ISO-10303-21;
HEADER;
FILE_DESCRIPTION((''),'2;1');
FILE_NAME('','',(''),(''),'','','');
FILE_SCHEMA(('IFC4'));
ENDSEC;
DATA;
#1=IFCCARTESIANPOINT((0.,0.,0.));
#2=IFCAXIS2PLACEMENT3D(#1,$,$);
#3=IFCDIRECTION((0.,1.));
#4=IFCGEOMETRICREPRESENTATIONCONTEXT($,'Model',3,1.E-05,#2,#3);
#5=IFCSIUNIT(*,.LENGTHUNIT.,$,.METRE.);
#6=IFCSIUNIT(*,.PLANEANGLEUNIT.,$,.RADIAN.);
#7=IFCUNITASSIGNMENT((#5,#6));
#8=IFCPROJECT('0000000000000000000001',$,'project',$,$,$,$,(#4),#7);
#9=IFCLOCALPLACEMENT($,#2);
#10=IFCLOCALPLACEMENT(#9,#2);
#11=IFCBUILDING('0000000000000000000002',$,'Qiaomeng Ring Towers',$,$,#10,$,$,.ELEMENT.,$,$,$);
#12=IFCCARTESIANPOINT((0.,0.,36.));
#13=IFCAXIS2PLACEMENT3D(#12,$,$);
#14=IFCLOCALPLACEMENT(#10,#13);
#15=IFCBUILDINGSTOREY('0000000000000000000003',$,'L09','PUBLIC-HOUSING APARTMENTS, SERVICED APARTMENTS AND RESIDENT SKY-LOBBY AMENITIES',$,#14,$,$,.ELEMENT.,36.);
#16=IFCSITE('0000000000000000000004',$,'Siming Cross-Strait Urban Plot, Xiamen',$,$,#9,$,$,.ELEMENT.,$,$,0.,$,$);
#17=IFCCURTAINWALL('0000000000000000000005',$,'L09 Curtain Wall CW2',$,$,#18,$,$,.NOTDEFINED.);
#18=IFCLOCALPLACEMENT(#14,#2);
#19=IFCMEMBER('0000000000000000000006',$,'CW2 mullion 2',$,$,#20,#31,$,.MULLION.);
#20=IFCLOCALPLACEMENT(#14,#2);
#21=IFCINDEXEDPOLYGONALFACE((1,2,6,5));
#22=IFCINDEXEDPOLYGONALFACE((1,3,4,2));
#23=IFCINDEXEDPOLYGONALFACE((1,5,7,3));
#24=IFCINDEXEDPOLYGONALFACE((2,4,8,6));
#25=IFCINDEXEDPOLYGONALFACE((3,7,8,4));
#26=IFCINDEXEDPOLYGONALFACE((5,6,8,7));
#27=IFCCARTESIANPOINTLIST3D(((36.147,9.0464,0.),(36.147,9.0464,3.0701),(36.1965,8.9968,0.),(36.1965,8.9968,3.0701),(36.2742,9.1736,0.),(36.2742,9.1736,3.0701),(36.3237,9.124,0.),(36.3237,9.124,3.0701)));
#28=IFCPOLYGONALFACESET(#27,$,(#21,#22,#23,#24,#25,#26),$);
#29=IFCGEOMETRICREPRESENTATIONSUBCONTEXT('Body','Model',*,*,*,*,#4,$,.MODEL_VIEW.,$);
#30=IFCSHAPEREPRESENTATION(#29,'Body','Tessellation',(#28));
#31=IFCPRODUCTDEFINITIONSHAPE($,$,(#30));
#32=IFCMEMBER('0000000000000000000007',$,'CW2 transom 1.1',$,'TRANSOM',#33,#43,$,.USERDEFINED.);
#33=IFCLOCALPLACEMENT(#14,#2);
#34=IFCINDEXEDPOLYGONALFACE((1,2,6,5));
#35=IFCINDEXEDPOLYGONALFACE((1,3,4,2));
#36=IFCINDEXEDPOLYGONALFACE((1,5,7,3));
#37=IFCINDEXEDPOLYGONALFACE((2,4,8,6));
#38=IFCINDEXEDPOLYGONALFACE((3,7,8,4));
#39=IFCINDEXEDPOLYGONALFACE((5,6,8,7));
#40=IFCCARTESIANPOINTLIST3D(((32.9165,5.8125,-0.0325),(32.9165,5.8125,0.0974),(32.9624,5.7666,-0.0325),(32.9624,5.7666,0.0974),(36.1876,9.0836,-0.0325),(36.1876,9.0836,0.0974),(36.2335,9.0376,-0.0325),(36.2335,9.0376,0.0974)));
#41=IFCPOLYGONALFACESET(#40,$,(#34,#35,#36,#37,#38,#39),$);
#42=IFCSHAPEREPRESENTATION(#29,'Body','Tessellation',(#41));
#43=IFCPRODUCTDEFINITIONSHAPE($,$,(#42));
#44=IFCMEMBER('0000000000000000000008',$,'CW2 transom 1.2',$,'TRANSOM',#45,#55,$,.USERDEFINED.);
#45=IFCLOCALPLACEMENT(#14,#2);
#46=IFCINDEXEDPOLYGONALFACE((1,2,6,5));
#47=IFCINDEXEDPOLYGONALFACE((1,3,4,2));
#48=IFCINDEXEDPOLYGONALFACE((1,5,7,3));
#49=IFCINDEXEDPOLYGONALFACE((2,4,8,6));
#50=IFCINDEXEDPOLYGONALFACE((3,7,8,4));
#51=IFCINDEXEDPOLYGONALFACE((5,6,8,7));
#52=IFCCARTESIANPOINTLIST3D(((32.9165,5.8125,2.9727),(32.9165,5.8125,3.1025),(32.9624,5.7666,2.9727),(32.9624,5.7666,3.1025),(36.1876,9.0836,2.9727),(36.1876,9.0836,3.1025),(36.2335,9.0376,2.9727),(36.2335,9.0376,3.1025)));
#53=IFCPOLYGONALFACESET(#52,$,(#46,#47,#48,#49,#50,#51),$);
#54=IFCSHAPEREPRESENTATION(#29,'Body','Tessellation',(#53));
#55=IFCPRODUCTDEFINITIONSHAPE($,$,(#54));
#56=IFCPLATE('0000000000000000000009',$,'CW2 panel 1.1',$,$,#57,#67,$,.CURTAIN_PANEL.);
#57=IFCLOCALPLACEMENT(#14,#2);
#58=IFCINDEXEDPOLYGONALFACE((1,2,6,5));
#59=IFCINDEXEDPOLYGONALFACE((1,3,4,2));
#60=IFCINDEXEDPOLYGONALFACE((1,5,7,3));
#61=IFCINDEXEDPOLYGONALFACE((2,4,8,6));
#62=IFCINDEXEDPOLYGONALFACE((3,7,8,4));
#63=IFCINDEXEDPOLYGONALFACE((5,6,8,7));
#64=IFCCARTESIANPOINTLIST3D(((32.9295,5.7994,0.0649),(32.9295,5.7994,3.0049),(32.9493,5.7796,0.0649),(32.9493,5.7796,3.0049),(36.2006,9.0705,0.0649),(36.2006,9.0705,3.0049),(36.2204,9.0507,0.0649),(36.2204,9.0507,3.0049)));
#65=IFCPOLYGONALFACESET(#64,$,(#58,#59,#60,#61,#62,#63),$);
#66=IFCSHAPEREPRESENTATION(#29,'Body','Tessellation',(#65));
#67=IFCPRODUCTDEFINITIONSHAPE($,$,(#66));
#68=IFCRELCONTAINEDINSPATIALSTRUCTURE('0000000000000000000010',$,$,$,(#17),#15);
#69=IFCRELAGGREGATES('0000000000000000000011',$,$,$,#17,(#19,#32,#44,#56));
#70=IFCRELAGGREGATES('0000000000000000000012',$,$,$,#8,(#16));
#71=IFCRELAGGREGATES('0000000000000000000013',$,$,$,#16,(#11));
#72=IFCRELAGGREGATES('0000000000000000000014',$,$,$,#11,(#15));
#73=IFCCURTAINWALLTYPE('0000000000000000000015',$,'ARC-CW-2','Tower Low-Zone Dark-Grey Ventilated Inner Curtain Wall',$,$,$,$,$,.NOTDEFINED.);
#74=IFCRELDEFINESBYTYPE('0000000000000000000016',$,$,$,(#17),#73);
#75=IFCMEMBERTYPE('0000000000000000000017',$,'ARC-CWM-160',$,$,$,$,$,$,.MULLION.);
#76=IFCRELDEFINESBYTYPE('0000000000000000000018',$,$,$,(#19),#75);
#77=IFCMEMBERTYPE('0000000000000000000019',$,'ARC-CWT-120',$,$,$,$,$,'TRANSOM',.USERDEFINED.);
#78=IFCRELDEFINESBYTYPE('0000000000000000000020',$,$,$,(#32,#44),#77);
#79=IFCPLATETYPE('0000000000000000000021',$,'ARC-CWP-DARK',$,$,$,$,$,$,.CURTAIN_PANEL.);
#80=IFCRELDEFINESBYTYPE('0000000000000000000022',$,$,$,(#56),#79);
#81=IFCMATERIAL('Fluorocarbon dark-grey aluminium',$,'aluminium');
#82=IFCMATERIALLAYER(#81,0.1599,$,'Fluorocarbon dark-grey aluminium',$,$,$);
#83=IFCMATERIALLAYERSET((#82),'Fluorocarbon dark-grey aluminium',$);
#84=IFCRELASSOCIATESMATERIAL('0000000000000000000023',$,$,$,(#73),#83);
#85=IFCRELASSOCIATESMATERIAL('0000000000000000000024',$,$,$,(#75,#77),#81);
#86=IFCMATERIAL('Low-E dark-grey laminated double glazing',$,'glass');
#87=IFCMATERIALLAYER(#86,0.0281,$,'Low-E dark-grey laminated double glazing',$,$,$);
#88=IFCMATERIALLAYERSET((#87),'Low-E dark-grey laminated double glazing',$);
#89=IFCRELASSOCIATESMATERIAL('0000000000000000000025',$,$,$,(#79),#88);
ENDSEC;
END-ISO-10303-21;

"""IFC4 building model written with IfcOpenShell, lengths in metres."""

from ifc_helpers import new_model, si_unit, direction, frame, origin, origin_2d, place, context, subcontext, project, spatial, rectangle, extrude, source, transform, mapped, material, layer, layer_set, material_profile, profile_set, type_object, element, aggregate, save


model = new_model("IFC4")

# Units and contexts
model_context = context("Model", 3, precision=1e-05, world=origin(), true_north=direction((0.0, 1.0)))
body_context = subcontext(model_context, "Body", "Model", "MODEL_VIEW")
ifc_project = project(units=[si_unit("LENGTHUNIT", "METRE"), si_unit("PLANEANGLEUNIT", "RADIAN")], contexts=[model_context])

# Site, building, storey
site_placement = place(None, origin())
site = spatial("IfcSite", under=ifc_project, at=site_placement, Name="Siming Cross-Strait Urban Plot, Xiamen", CompositionType="ELEMENT", RefElevation=0.0)
building_placement = place(site_placement, origin())
building = spatial("IfcBuilding", under=site, at=building_placement, Name="Qiaomeng Ring Towers", CompositionType="ELEMENT")
storey_placement = place(building_placement, frame((0.0, 0.0, 36.0)))
storey = spatial("IfcBuildingStorey", under=building, at=storey_placement, Name="L09", Description="PUBLIC-HOUSING APARTMENTS, SERVICED APARTMENTS AND RESIDENT SKY-LOBBY AMENITIES", CompositionType="ELEMENT", Elevation=36.0)

# Curtain wall, members, plate
ifc_material_1 = material(Name="Fluorocarbon dark-grey aluminium", Category="aluminium")
ifc_layer_1 = layer(ifc_material_1, 0.1599, Name="Fluorocarbon dark-grey aluminium")
ifc_layer_set_1 = layer_set([ifc_layer_1], Name="Fluorocarbon dark-grey aluminium")
curtain_wall_type = type_object("IfcCurtainWallType", Name="ARC-CW-2", Description="Tower Low-Zone Dark-Grey Ventilated Inner Curtain Wall", PredefinedType="NOTDEFINED", material=ifc_layer_set_1)
curtain_wall_placement = place(storey_placement, origin())
curtain_wall = element("IfcCurtainWall", 1, at=curtain_wall_placement, inside=storey, type_object=curtain_wall_type, Name="L09 Curtain Wall CW2", PredefinedType="NOTDEFINED")
ifc_material_profile_1 = material_profile(ifc_material_1, rectangle(XDim=0.0701, YDim=0.1799, at=origin_2d()), Name="ALU MULL 70x180")
ifc_profile_set_1 = profile_set([ifc_material_profile_1], Name="Fluorocarbon dark-grey aluminium")
member_type_1 = type_object("IfcMemberType", Name="ARC-CWM-160", PredefinedType="MULLION", material=ifc_profile_set_1)
shared_shape_1 = source(origin(), body_context, "Body", "SweptSolid", [
    extrude(rectangle(XDim=0.0701, YDim=0.1799, at=origin_2d()), origin(), (0.0, 0.0, 1.0), 3.0701),
])
member_1_placement = place(storey_placement, frame((36.2354, 9.0852, 0.0), z_axis=(0.0, 0.0, 1.0), x_axis=(-0.707107, 0.707107, 0.0)))
member_1 = element("IfcMember", 2, at=member_1_placement, type_object=member_type_1, Name="CW2 mullion 2", PredefinedType="MULLION", context=body_context, shape_type="MappedRepresentation", body=[
    mapped(shared_shape_1, transform((0.0, 0.0, 0.0), x_axis=(1.0, 0.0, 0.0), y_axis=(0.0, 1.0, 0.0), z_axis=(0.0, 0.0, 1.0), scale=1.0)),
])
ifc_material_profile_2 = material_profile(ifc_material_1, rectangle(XDim=0.0649, YDim=0.1299, at=origin_2d()), Name="ALU TRAN 65x130")
ifc_profile_set_2 = profile_set([ifc_material_profile_2], Name="Fluorocarbon dark-grey aluminium")
member_type_2 = type_object("IfcMemberType", Name="ARC-CWT-120", ElementType="TRANSOM", PredefinedType="USERDEFINED", material=ifc_profile_set_2)
shared_shape_2 = source(origin(), body_context, "Body", "SweptSolid", [
    extrude(rectangle(XDim=0.0649, YDim=0.1299, at=origin_2d()), origin(), (0.0, 0.0, 1.0), 4.626),
])
member_2_placement = place(storey_placement, frame((32.9395, 5.7896, 0.0325), z_axis=(0.707107, 0.707107, 0.0), x_axis=(-0.707107, 0.707107, 0.0)))
member_2 = element("IfcMember", 3, at=member_2_placement, type_object=member_type_2, Name="CW2 transom 1.1", ObjectType="TRANSOM", PredefinedType="USERDEFINED", context=body_context, shape_type="MappedRepresentation", body=[
    mapped(shared_shape_2, transform((0.0, 0.0, 0.0), x_axis=(1.0, 0.0, 0.0), y_axis=(0.0, 1.0, 0.0), z_axis=(0.0, 0.0, 1.0), scale=1.0)),
])
member_3_placement = place(storey_placement, frame((32.9395, 5.7896, 3.0376), z_axis=(0.707107, 0.707107, 0.0), x_axis=(-0.707107, 0.707107, 0.0)))
member_3 = element("IfcMember", 4, at=member_3_placement, type_object=member_type_2, Name="CW2 transom 1.2", ObjectType="TRANSOM", PredefinedType="USERDEFINED", context=body_context, shape_type="MappedRepresentation", body=[
    mapped(shared_shape_2, transform((0.0, 0.0, 0.0), x_axis=(1.0, 0.0, 0.0), y_axis=(0.0, 1.0, 0.0), z_axis=(0.0, 0.0, 1.0), scale=1.0)),
])
ifc_material_2 = material(Name="Low-E dark-grey laminated double glazing", Category="glass")
ifc_layer_2 = layer(ifc_material_2, 0.0281, Name="Low-E dark-grey laminated double glazing")
ifc_layer_set_2 = layer_set([ifc_layer_2], Name="Low-E dark-grey laminated double glazing")
plate_type = type_object("IfcPlateType", Name="ARC-CWP-DARK", PredefinedType="CURTAIN_PANEL", material=ifc_layer_set_2)
shared_shape_3 = source(origin(), body_context, "Body", "SweptSolid", [
    extrude(rectangle(XDim=4.626, YDim=0.0281, at=origin_2d()), origin(), (0.0, 0.0, 1.0), 2.9399),
])
plate_placement = place(storey_placement, frame((34.575, 7.425, 0.0649), z_axis=(0.0, 0.0, 1.0), x_axis=(0.707107, 0.707107, 0.0)))
plate = element("IfcPlate", 5, at=plate_placement, type_object=plate_type, Name="CW2 panel 1.1", PredefinedType="CURTAIN_PANEL", context=body_context, shape_type="MappedRepresentation", body=[
    mapped(shared_shape_3, transform((0.0, 0.0, 0.0), x_axis=(1.0, 0.0, 0.0), y_axis=(0.0, 1.0, 0.0), z_axis=(0.0, 0.0, 1.0), scale=1.0)),
])
aggregate(curtain_wall, [member_1, member_2, member_3, plate])

save(model, "model.ifc")
